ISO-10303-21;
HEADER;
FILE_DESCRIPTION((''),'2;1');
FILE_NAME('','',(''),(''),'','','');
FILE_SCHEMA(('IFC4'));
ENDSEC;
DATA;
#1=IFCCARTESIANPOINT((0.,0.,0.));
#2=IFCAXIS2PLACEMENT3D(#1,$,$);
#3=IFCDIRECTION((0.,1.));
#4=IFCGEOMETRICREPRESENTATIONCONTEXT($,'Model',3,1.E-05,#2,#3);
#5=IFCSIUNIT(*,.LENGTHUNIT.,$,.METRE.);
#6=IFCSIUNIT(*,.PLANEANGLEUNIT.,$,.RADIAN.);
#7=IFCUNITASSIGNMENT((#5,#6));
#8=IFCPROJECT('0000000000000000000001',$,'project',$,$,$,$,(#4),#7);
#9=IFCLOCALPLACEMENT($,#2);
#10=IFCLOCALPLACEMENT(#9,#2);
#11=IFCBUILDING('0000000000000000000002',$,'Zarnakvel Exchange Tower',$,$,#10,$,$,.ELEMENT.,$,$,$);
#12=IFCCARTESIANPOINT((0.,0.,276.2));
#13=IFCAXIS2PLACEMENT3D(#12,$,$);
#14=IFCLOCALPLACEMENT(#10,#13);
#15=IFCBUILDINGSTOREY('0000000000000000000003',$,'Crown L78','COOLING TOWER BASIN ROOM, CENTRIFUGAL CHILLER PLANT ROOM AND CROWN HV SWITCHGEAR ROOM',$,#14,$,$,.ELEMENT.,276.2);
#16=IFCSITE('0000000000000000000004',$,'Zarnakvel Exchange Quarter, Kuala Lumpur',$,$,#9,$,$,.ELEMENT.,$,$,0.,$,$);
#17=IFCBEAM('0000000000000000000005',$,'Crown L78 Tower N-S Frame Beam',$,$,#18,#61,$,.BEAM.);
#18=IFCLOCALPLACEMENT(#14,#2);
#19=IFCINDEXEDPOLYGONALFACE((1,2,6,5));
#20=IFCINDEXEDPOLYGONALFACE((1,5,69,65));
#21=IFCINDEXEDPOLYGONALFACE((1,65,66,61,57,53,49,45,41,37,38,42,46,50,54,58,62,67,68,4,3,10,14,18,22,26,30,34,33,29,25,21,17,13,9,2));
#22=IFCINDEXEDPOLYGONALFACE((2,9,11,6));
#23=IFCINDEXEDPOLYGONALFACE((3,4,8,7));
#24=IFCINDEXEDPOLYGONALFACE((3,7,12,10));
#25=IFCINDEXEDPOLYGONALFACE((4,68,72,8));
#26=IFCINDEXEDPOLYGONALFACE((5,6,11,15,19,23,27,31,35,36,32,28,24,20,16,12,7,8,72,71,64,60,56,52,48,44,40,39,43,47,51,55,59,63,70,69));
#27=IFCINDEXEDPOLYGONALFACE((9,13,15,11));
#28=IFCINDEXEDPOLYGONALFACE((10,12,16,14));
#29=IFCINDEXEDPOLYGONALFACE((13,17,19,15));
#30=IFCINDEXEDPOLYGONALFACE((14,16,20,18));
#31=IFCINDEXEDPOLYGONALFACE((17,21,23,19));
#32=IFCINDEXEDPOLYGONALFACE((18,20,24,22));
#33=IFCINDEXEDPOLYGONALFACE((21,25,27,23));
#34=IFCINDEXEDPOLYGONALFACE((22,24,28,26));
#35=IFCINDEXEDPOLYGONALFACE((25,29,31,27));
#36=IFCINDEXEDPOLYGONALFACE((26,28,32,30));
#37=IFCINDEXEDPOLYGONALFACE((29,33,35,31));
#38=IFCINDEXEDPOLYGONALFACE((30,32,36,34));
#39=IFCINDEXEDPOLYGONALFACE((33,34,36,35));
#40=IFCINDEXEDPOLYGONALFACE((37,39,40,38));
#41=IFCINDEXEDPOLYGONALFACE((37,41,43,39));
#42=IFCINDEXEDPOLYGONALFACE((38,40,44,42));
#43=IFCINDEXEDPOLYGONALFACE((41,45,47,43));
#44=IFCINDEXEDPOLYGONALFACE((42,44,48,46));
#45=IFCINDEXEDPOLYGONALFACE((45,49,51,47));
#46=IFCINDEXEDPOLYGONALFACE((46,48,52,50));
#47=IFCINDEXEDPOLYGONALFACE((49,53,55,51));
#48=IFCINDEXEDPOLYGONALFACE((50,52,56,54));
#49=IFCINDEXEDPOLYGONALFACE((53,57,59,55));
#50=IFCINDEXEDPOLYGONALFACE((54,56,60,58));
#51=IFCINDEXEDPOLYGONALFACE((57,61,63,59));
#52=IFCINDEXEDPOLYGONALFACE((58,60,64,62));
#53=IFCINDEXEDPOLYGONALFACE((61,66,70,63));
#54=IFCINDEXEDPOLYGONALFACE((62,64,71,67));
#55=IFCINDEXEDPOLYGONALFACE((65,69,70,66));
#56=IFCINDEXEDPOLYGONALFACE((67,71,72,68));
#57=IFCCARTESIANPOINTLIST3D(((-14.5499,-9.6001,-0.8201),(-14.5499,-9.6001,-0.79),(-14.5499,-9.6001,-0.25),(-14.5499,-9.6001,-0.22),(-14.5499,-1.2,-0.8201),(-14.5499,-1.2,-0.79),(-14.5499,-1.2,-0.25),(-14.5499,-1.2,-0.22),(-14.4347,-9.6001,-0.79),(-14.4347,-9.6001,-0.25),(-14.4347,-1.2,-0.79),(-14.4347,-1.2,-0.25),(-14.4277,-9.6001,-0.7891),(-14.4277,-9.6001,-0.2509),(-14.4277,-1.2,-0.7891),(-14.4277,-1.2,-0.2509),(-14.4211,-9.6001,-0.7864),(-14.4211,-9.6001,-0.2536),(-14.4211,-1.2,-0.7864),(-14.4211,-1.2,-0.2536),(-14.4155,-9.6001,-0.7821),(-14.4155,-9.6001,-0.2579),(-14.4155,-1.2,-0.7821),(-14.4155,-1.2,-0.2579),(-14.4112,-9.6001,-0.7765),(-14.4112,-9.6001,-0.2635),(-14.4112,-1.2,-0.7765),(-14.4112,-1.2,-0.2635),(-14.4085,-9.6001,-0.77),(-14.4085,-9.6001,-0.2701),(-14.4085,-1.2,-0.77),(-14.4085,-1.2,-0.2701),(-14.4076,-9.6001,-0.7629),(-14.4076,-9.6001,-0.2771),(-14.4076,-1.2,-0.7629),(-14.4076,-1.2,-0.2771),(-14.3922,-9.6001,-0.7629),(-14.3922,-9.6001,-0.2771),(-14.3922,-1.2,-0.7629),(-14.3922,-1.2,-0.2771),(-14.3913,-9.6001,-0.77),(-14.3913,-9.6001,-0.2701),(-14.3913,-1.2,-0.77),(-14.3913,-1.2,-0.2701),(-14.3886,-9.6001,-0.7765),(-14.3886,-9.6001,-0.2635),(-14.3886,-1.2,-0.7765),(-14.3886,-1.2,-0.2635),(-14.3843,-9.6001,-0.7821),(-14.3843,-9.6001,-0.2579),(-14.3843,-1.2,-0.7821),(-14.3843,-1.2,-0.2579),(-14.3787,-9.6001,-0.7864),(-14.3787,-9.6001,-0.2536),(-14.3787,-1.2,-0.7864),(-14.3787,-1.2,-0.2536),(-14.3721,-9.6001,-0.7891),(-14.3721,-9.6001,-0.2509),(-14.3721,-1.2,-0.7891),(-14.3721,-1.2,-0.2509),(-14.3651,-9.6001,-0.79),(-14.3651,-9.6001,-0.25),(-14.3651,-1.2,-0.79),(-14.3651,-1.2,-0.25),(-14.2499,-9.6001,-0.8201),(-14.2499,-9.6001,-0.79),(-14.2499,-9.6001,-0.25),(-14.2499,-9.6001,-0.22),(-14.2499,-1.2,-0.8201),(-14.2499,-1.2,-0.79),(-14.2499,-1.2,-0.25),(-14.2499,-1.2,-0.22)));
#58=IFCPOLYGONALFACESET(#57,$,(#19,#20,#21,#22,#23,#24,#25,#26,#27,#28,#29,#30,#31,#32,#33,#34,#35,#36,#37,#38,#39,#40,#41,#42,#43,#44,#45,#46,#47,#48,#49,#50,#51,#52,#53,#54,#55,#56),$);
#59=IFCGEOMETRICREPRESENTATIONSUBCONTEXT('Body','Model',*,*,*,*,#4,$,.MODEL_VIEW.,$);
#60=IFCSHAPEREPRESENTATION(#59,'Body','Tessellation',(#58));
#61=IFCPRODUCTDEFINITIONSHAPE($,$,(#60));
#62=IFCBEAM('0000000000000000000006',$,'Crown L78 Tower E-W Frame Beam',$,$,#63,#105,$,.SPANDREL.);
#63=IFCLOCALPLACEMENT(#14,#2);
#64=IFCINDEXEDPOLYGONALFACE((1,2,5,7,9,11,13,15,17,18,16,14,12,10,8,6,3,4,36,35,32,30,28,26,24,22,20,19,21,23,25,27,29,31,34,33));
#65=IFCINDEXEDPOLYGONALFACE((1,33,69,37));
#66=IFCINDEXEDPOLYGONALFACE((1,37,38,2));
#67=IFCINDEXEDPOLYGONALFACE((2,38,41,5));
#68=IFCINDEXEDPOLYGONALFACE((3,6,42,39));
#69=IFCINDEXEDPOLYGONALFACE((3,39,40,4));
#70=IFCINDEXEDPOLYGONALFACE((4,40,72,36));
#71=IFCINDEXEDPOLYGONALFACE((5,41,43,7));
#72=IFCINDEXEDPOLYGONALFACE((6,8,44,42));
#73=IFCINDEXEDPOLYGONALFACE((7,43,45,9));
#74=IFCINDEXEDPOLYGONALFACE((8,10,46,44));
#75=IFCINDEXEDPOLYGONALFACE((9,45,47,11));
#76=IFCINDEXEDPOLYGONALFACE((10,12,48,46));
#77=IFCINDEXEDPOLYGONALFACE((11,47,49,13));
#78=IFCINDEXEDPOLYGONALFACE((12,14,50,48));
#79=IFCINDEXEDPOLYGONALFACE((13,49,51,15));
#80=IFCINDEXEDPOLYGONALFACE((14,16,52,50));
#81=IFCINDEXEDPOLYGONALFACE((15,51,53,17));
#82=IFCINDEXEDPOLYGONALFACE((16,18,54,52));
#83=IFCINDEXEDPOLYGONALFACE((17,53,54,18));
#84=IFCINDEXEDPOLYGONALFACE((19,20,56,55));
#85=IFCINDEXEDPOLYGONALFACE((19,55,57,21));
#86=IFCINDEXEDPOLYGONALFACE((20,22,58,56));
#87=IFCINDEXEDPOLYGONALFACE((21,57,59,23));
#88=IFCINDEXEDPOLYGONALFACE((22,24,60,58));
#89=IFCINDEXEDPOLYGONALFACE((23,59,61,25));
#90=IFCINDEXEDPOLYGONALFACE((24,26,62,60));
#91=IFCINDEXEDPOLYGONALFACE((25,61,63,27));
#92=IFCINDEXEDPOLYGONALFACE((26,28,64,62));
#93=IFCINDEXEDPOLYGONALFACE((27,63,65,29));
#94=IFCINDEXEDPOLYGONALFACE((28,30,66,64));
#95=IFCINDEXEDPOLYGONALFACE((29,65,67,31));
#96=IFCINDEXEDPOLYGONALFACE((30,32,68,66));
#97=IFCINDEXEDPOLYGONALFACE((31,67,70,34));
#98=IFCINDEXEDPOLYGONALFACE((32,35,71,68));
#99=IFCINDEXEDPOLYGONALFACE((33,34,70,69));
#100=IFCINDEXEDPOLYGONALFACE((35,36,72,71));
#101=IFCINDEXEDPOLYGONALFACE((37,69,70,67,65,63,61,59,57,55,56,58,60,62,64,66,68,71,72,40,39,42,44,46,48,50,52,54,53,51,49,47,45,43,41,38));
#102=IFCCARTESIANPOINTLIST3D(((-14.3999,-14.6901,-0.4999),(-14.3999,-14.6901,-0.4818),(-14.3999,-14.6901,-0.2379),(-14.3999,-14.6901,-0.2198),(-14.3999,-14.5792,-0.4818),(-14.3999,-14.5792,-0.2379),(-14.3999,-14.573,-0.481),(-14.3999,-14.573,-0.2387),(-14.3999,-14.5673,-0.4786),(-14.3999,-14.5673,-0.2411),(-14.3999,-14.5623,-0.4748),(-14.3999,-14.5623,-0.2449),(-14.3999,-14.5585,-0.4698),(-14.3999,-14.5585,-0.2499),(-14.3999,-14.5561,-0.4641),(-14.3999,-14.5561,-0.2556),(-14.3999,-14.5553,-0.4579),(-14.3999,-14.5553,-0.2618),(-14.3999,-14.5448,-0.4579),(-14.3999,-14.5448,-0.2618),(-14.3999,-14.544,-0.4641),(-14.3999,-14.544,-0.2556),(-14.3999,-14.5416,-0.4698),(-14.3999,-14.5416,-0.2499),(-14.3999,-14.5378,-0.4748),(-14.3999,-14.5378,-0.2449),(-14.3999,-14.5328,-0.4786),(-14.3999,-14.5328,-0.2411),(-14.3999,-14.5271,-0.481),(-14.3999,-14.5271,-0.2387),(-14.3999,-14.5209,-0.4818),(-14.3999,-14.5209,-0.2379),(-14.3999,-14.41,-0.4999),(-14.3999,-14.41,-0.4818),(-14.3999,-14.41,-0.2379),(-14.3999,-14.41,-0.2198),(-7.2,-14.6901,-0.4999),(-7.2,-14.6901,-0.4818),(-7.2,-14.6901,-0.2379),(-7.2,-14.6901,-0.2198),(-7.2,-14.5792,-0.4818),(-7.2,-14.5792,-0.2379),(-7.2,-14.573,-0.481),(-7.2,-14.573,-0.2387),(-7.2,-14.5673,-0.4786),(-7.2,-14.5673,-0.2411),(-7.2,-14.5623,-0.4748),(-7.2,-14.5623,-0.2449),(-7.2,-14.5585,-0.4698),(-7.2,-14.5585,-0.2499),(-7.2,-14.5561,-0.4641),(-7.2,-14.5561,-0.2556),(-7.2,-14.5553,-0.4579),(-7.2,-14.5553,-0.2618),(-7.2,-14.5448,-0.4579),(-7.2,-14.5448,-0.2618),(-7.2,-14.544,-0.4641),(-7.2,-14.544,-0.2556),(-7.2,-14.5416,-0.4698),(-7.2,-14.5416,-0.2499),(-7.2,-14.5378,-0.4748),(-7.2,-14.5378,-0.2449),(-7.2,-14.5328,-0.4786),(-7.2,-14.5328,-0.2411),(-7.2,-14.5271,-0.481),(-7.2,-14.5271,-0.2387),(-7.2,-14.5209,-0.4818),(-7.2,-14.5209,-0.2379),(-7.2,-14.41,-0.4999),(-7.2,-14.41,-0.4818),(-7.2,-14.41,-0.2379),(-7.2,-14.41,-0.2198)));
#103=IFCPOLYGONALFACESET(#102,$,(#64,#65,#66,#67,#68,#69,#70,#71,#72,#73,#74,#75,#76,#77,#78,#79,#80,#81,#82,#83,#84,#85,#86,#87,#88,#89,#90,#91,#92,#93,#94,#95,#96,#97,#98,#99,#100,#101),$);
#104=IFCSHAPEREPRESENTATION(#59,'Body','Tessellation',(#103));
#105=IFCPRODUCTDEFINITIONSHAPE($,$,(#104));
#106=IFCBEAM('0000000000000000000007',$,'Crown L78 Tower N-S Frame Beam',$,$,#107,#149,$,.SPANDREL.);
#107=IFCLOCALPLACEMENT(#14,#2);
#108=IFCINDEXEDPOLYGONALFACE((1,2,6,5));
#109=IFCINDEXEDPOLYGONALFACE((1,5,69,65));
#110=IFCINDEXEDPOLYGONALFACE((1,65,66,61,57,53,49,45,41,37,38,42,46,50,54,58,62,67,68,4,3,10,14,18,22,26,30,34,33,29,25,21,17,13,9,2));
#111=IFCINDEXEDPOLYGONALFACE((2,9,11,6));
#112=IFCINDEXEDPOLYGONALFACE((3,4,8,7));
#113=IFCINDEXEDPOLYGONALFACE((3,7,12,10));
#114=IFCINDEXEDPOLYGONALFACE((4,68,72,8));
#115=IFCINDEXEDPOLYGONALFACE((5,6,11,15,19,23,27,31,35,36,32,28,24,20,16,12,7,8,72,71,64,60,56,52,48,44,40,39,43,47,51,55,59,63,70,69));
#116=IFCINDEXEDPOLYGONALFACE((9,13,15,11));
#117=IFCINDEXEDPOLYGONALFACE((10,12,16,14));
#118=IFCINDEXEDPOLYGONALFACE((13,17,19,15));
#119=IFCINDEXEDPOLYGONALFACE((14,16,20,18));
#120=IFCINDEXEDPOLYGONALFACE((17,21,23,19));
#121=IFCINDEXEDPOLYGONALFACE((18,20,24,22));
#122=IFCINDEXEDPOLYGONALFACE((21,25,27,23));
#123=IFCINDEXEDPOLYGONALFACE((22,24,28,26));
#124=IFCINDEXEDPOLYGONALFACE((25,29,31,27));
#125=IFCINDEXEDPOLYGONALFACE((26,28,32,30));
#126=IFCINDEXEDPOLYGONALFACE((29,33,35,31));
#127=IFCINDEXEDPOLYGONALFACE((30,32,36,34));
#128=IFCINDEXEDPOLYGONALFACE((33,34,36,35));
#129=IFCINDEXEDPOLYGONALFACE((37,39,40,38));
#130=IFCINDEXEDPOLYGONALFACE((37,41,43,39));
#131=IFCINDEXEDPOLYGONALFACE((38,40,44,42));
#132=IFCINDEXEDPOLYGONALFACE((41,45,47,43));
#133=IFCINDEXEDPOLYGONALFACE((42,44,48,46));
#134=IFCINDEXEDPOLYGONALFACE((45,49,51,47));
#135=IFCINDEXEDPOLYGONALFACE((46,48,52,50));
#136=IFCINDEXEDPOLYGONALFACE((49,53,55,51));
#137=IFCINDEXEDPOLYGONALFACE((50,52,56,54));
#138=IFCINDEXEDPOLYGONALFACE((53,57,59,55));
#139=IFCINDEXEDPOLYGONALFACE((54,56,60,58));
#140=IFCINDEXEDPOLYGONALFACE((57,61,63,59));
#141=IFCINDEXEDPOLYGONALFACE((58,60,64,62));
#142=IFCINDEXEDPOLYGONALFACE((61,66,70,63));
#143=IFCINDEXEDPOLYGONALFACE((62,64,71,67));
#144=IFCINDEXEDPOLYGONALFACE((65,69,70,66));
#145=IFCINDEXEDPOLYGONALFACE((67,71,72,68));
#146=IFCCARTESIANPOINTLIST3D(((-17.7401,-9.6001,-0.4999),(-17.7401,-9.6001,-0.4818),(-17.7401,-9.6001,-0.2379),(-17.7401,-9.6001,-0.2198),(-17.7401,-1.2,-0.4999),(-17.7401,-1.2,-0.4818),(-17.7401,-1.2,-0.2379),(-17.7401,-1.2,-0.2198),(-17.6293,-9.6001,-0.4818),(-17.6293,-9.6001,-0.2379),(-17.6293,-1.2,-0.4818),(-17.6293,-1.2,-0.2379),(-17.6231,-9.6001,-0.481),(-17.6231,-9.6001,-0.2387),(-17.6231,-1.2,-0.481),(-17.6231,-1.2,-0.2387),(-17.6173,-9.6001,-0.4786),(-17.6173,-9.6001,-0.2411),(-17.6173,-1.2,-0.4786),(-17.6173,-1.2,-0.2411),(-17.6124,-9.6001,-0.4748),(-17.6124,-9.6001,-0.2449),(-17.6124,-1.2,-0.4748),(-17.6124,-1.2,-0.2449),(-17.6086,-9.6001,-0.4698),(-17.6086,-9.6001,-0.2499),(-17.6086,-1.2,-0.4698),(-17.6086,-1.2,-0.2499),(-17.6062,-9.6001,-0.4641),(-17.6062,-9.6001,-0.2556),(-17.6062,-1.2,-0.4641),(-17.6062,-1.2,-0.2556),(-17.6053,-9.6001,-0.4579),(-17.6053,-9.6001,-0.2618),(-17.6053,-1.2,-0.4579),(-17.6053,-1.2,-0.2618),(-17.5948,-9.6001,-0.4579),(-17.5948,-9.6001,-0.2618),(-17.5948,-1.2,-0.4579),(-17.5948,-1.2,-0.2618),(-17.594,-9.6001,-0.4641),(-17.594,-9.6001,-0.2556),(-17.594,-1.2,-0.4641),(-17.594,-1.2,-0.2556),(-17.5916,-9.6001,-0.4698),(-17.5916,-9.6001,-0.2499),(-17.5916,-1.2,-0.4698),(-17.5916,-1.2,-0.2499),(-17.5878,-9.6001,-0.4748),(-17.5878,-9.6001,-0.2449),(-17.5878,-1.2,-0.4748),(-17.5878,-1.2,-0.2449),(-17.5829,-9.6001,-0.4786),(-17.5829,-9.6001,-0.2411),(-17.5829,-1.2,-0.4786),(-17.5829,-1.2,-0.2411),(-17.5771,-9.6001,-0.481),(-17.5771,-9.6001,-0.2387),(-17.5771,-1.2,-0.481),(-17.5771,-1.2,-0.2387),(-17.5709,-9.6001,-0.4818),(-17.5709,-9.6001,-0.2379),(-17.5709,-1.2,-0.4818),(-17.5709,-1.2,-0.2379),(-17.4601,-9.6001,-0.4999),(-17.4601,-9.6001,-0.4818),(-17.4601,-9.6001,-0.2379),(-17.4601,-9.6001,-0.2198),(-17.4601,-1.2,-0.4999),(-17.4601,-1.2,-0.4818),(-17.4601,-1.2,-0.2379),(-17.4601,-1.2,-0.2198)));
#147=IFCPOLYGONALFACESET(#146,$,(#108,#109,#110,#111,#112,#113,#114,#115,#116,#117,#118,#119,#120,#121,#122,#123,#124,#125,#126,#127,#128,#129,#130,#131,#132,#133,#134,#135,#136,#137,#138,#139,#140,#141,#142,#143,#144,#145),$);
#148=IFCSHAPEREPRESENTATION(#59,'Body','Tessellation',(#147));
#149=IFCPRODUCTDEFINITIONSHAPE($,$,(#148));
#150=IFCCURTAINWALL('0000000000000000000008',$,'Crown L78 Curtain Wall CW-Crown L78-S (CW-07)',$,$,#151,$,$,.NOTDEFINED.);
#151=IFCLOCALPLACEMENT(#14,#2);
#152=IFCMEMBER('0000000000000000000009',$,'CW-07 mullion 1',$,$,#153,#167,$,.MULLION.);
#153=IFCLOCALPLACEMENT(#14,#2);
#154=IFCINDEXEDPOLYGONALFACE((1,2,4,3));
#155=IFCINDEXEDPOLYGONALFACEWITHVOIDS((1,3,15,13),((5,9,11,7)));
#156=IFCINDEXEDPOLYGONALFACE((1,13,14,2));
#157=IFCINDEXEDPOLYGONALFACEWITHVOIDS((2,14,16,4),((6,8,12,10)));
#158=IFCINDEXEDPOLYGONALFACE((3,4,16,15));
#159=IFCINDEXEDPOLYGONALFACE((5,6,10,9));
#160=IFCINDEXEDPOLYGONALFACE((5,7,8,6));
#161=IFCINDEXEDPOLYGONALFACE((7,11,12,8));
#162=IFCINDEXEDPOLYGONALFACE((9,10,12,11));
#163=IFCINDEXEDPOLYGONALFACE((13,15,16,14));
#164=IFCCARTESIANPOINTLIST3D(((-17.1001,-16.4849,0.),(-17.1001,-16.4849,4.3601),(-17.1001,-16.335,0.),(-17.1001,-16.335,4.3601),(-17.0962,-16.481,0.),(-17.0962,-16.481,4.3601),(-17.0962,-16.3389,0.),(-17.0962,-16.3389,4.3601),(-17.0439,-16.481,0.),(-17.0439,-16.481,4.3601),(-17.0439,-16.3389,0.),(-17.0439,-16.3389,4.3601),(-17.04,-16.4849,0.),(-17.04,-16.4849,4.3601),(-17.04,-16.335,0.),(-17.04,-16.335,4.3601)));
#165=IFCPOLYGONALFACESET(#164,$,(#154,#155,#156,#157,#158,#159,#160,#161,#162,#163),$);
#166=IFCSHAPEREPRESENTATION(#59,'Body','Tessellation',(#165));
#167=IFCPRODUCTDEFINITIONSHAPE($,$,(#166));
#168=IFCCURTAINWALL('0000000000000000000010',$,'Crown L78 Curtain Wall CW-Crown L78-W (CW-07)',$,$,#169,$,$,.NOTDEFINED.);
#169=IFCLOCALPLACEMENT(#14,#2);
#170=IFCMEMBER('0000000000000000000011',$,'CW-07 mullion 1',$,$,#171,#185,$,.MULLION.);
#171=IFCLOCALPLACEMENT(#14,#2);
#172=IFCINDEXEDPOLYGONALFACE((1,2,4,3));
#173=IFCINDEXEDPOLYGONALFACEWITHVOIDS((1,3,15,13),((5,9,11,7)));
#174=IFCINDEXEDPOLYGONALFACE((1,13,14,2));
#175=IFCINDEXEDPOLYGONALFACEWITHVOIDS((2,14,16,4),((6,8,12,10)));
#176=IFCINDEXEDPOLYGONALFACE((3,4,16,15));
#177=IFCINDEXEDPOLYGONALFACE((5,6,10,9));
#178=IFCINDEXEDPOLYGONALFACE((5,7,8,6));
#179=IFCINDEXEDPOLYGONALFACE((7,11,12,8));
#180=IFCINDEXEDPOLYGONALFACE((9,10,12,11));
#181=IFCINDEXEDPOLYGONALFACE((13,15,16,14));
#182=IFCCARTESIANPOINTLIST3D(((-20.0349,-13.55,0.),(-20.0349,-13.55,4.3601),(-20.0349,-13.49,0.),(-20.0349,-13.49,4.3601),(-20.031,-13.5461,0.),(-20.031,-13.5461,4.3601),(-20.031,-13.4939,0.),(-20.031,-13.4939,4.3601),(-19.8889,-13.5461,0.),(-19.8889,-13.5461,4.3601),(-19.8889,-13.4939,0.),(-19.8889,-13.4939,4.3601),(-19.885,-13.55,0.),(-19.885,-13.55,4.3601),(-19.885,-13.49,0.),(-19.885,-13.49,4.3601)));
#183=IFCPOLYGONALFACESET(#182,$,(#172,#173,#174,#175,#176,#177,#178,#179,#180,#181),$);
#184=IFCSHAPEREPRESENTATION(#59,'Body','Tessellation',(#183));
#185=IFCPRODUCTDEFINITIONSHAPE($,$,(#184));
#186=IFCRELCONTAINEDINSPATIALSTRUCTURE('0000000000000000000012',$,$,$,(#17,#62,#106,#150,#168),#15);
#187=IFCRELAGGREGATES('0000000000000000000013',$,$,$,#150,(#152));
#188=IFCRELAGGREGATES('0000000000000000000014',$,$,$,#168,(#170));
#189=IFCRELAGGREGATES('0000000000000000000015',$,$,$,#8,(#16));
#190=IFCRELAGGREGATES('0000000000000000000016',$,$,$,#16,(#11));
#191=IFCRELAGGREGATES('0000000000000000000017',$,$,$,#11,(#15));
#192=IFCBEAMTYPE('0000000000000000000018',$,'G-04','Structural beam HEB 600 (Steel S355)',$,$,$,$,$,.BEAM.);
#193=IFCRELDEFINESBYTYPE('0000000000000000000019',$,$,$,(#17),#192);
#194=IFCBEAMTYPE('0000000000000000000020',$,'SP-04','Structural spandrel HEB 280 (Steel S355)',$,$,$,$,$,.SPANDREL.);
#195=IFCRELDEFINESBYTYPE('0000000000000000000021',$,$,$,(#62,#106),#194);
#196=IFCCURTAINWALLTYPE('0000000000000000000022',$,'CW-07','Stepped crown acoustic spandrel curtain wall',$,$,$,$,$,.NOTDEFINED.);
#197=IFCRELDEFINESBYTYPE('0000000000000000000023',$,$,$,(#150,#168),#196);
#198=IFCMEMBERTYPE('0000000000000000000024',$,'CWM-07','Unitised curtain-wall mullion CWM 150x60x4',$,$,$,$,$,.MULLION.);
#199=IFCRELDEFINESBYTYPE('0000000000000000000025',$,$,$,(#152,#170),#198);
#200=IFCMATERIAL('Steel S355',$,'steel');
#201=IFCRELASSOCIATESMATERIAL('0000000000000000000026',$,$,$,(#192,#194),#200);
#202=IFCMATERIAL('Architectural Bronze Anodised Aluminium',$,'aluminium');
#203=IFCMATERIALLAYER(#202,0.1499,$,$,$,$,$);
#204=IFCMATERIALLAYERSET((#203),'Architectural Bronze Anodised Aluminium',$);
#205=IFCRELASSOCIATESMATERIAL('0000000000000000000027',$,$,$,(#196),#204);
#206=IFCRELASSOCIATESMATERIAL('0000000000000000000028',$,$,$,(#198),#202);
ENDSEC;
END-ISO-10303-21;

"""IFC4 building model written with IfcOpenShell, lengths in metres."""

from ifc_helpers import new_model, si_unit, direction, frame, origin, origin_2d, place, context, subcontext, project, spatial, hollow_rectangle, i_section, extrude, source, transform, mapped, material, layer, layer_set, material_profile, profile_set, type_object, element, aggregate, save


model = new_model("IFC4")

# Units and contexts
model_context = context("Model", 3, precision=1e-05, world=origin(), true_north=direction((0.0, 1.0)))
body_context = subcontext(model_context, "Body", "Model", "MODEL_VIEW")
ifc_project = project(units=[si_unit("LENGTHUNIT", "METRE"), si_unit("PLANEANGLEUNIT", "RADIAN")], contexts=[model_context])

# Site, building, storey
site_placement = place(None, origin())
site = spatial("IfcSite", under=ifc_project, at=site_placement, Name="Zarnakvel Exchange Quarter, Kuala Lumpur", CompositionType="ELEMENT", RefElevation=0.0)
building_placement = place(site_placement, origin())
building = spatial("IfcBuilding", under=site, at=building_placement, Name="Zarnakvel Exchange Tower", CompositionType="ELEMENT")
storey_placement = place(building_placement, frame((0.0, 0.0, 276.2)))
storey = spatial("IfcBuildingStorey", under=building, at=storey_placement, Name="Crown L78", Description="COOLING TOWER BASIN ROOM, CENTRIFUGAL CHILLER PLANT ROOM AND CROWN HV SWITCHGEAR ROOM", CompositionType="ELEMENT", Elevation=276.2)

# Shared definitions
ifc_material_1 = material(Name="Steel S355", Category="steel")

# Beams
ifc_material_profile_1 = material_profile(ifc_material_1, i_section(OverallWidth=0.3, OverallDepth=0.6001, WebThickness=0.0154, FlangeThickness=0.03, FilletRadius=0.0271, at=origin_2d()))
ifc_profile_set_1 = profile_set([ifc_material_profile_1], Name="Steel S355")
beam_type_1 = type_object("IfcBeamType", Name="G-04", Description="Structural beam HEB 600 (Steel S355)", PredefinedType="BEAM", material=ifc_profile_set_1)
beam_1_placement = place(storey_placement, frame((-14.3999, -9.6001, -0.52), z_axis=(0.0, 1.0, 0.0), x_axis=(-1.0, 0.0, 0.0)))
element("IfcBeam", 1, at=beam_1_placement, inside=storey, type_object=beam_type_1, Name="Crown L78 Tower N-S Frame Beam", PredefinedType="BEAM", context=body_context, shape_type="SweptSolid", body=[
    extrude(i_section(OverallWidth=0.3, OverallDepth=0.6001, WebThickness=0.0154, FlangeThickness=0.03, FilletRadius=0.0271, at=origin_2d()), origin(), (0.0, 0.0, 1.0), 8.4001),
])
ifc_material_profile_2 = material_profile(ifc_material_1, i_section(OverallWidth=0.28, OverallDepth=0.28, WebThickness=0.0105, FlangeThickness=0.0181, FilletRadius=0.0239, at=origin_2d()))
ifc_profile_set_2 = profile_set([ifc_material_profile_2], Name="Steel S355")
beam_type_2 = type_object("IfcBeamType", Name="SP-04", Description="Structural spandrel HEB 280 (Steel S355)", PredefinedType="SPANDREL", material=ifc_profile_set_2)
beam_2_placement = place(storey_placement, frame((-14.3999, -14.55, -0.3599), z_axis=(1.0, 0.0, 0.0), x_axis=(0.0, 1.0, 0.0)))
element("IfcBeam", 2, at=beam_2_placement, inside=storey, type_object=beam_type_2, Name="Crown L78 Tower E-W Frame Beam", PredefinedType="SPANDREL", context=body_context, shape_type="SweptSolid", body=[
    extrude(i_section(OverallWidth=0.28, OverallDepth=0.28, WebThickness=0.0105, FlangeThickness=0.0181, FilletRadius=0.0239, at=origin_2d()), origin(), (0.0, 0.0, 1.0), 7.2),
])
beam_3_placement = place(storey_placement, frame((-17.6001, -9.6001, -0.3599), z_axis=(0.0, 1.0, 0.0), x_axis=(-1.0, 0.0, 0.0)))
element("IfcBeam", 3, at=beam_3_placement, inside=storey, type_object=beam_type_2, Name="Crown L78 Tower N-S Frame Beam", PredefinedType="SPANDREL", context=body_context, shape_type="SweptSolid", body=[
    extrude(i_section(OverallWidth=0.28, OverallDepth=0.28, WebThickness=0.0105, FlangeThickness=0.0181, FilletRadius=0.0239, at=origin_2d()), origin(), (0.0, 0.0, 1.0), 8.4001),
])

# Curtain wall, member
ifc_material_2 = material(Name="Architectural Bronze Anodised Aluminium", Category="aluminium")
ifc_layer_1 = layer(ifc_material_2, 0.1499)
ifc_layer_set_1 = layer_set([ifc_layer_1], Name="Architectural Bronze Anodised Aluminium")
curtain_wall_type = type_object("IfcCurtainWallType", Name="CW-07", Description="Stepped crown acoustic spandrel curtain wall", PredefinedType="NOTDEFINED", material=ifc_layer_set_1)
curtain_wall_1_placement = place(storey_placement, origin())
curtain_wall_1 = element("IfcCurtainWall", 4, at=curtain_wall_1_placement, inside=storey, type_object=curtain_wall_type, Name="Crown L78 Curtain Wall CW-Crown L78-S (CW-07)", PredefinedType="NOTDEFINED")
ifc_material_profile_3 = material_profile(ifc_material_2, hollow_rectangle(XDim=0.1499, YDim=0.0601, WallThickness=0.0039, at=origin_2d()))
ifc_profile_set_3 = profile_set([ifc_material_profile_3], Name="Architectural Bronze Anodised Aluminium")
member_type_1 = type_object("IfcMemberType", Name="CWM-07", Description="Unitised curtain-wall mullion CWM 150x60x4", PredefinedType="MULLION", material=ifc_profile_set_3)
shared_shape_1 = source(origin(), body_context, "Body", "SweptSolid", [
    extrude(hollow_rectangle(XDim=0.1499, YDim=0.0601, WallThickness=0.0039, at=origin_2d()), origin(), (0.0, 0.0, 1.0), 4.3601),
])
member_1_placement = place(storey_placement, frame((-17.0701, -16.4099, 0.0), z_axis=(0.0, 0.0, 1.0), x_axis=(0.0, 1.0, 0.0)))
member_1 = element("IfcMember", 5, at=member_1_placement, type_object=member_type_1, Name="CW-07 mullion 1", PredefinedType="MULLION", context=body_context, shape_type="MappedRepresentation", body=[
    mapped(shared_shape_1, transform((0.0, 0.0, 0.0), x_axis=(1.0, 0.0, 0.0), y_axis=(0.0, 1.0, 0.0), z_axis=(0.0, 0.0, 1.0), scale=1.0)),
])

# Curtain wall, member
curtain_wall_2_placement = place(storey_placement, origin())
curtain_wall_2 = element("IfcCurtainWall", 6, at=curtain_wall_2_placement, inside=storey, type_object=curtain_wall_type, Name="Crown L78 Curtain Wall CW-Crown L78-W (CW-07)", PredefinedType="NOTDEFINED")
member_2_placement = place(storey_placement, frame((-19.96, -13.52, 0.0), z_axis=(0.0, 0.0, 1.0), x_axis=(-1.0, 0.0, 0.0)))
member_2 = element("IfcMember", 7, at=member_2_placement, type_object=member_type_1, Name="CW-07 mullion 1", PredefinedType="MULLION", context=body_context, shape_type="MappedRepresentation", body=[
    mapped(shared_shape_1, transform((0.0, 0.0, 0.0), x_axis=(1.0, 0.0, 0.0), y_axis=(0.0, 1.0, 0.0), z_axis=(0.0, 0.0, 1.0), scale=1.0)),
])

aggregate(curtain_wall_1, [member_1])
aggregate(curtain_wall_2, [member_2])

save(model, "model.ifc")
